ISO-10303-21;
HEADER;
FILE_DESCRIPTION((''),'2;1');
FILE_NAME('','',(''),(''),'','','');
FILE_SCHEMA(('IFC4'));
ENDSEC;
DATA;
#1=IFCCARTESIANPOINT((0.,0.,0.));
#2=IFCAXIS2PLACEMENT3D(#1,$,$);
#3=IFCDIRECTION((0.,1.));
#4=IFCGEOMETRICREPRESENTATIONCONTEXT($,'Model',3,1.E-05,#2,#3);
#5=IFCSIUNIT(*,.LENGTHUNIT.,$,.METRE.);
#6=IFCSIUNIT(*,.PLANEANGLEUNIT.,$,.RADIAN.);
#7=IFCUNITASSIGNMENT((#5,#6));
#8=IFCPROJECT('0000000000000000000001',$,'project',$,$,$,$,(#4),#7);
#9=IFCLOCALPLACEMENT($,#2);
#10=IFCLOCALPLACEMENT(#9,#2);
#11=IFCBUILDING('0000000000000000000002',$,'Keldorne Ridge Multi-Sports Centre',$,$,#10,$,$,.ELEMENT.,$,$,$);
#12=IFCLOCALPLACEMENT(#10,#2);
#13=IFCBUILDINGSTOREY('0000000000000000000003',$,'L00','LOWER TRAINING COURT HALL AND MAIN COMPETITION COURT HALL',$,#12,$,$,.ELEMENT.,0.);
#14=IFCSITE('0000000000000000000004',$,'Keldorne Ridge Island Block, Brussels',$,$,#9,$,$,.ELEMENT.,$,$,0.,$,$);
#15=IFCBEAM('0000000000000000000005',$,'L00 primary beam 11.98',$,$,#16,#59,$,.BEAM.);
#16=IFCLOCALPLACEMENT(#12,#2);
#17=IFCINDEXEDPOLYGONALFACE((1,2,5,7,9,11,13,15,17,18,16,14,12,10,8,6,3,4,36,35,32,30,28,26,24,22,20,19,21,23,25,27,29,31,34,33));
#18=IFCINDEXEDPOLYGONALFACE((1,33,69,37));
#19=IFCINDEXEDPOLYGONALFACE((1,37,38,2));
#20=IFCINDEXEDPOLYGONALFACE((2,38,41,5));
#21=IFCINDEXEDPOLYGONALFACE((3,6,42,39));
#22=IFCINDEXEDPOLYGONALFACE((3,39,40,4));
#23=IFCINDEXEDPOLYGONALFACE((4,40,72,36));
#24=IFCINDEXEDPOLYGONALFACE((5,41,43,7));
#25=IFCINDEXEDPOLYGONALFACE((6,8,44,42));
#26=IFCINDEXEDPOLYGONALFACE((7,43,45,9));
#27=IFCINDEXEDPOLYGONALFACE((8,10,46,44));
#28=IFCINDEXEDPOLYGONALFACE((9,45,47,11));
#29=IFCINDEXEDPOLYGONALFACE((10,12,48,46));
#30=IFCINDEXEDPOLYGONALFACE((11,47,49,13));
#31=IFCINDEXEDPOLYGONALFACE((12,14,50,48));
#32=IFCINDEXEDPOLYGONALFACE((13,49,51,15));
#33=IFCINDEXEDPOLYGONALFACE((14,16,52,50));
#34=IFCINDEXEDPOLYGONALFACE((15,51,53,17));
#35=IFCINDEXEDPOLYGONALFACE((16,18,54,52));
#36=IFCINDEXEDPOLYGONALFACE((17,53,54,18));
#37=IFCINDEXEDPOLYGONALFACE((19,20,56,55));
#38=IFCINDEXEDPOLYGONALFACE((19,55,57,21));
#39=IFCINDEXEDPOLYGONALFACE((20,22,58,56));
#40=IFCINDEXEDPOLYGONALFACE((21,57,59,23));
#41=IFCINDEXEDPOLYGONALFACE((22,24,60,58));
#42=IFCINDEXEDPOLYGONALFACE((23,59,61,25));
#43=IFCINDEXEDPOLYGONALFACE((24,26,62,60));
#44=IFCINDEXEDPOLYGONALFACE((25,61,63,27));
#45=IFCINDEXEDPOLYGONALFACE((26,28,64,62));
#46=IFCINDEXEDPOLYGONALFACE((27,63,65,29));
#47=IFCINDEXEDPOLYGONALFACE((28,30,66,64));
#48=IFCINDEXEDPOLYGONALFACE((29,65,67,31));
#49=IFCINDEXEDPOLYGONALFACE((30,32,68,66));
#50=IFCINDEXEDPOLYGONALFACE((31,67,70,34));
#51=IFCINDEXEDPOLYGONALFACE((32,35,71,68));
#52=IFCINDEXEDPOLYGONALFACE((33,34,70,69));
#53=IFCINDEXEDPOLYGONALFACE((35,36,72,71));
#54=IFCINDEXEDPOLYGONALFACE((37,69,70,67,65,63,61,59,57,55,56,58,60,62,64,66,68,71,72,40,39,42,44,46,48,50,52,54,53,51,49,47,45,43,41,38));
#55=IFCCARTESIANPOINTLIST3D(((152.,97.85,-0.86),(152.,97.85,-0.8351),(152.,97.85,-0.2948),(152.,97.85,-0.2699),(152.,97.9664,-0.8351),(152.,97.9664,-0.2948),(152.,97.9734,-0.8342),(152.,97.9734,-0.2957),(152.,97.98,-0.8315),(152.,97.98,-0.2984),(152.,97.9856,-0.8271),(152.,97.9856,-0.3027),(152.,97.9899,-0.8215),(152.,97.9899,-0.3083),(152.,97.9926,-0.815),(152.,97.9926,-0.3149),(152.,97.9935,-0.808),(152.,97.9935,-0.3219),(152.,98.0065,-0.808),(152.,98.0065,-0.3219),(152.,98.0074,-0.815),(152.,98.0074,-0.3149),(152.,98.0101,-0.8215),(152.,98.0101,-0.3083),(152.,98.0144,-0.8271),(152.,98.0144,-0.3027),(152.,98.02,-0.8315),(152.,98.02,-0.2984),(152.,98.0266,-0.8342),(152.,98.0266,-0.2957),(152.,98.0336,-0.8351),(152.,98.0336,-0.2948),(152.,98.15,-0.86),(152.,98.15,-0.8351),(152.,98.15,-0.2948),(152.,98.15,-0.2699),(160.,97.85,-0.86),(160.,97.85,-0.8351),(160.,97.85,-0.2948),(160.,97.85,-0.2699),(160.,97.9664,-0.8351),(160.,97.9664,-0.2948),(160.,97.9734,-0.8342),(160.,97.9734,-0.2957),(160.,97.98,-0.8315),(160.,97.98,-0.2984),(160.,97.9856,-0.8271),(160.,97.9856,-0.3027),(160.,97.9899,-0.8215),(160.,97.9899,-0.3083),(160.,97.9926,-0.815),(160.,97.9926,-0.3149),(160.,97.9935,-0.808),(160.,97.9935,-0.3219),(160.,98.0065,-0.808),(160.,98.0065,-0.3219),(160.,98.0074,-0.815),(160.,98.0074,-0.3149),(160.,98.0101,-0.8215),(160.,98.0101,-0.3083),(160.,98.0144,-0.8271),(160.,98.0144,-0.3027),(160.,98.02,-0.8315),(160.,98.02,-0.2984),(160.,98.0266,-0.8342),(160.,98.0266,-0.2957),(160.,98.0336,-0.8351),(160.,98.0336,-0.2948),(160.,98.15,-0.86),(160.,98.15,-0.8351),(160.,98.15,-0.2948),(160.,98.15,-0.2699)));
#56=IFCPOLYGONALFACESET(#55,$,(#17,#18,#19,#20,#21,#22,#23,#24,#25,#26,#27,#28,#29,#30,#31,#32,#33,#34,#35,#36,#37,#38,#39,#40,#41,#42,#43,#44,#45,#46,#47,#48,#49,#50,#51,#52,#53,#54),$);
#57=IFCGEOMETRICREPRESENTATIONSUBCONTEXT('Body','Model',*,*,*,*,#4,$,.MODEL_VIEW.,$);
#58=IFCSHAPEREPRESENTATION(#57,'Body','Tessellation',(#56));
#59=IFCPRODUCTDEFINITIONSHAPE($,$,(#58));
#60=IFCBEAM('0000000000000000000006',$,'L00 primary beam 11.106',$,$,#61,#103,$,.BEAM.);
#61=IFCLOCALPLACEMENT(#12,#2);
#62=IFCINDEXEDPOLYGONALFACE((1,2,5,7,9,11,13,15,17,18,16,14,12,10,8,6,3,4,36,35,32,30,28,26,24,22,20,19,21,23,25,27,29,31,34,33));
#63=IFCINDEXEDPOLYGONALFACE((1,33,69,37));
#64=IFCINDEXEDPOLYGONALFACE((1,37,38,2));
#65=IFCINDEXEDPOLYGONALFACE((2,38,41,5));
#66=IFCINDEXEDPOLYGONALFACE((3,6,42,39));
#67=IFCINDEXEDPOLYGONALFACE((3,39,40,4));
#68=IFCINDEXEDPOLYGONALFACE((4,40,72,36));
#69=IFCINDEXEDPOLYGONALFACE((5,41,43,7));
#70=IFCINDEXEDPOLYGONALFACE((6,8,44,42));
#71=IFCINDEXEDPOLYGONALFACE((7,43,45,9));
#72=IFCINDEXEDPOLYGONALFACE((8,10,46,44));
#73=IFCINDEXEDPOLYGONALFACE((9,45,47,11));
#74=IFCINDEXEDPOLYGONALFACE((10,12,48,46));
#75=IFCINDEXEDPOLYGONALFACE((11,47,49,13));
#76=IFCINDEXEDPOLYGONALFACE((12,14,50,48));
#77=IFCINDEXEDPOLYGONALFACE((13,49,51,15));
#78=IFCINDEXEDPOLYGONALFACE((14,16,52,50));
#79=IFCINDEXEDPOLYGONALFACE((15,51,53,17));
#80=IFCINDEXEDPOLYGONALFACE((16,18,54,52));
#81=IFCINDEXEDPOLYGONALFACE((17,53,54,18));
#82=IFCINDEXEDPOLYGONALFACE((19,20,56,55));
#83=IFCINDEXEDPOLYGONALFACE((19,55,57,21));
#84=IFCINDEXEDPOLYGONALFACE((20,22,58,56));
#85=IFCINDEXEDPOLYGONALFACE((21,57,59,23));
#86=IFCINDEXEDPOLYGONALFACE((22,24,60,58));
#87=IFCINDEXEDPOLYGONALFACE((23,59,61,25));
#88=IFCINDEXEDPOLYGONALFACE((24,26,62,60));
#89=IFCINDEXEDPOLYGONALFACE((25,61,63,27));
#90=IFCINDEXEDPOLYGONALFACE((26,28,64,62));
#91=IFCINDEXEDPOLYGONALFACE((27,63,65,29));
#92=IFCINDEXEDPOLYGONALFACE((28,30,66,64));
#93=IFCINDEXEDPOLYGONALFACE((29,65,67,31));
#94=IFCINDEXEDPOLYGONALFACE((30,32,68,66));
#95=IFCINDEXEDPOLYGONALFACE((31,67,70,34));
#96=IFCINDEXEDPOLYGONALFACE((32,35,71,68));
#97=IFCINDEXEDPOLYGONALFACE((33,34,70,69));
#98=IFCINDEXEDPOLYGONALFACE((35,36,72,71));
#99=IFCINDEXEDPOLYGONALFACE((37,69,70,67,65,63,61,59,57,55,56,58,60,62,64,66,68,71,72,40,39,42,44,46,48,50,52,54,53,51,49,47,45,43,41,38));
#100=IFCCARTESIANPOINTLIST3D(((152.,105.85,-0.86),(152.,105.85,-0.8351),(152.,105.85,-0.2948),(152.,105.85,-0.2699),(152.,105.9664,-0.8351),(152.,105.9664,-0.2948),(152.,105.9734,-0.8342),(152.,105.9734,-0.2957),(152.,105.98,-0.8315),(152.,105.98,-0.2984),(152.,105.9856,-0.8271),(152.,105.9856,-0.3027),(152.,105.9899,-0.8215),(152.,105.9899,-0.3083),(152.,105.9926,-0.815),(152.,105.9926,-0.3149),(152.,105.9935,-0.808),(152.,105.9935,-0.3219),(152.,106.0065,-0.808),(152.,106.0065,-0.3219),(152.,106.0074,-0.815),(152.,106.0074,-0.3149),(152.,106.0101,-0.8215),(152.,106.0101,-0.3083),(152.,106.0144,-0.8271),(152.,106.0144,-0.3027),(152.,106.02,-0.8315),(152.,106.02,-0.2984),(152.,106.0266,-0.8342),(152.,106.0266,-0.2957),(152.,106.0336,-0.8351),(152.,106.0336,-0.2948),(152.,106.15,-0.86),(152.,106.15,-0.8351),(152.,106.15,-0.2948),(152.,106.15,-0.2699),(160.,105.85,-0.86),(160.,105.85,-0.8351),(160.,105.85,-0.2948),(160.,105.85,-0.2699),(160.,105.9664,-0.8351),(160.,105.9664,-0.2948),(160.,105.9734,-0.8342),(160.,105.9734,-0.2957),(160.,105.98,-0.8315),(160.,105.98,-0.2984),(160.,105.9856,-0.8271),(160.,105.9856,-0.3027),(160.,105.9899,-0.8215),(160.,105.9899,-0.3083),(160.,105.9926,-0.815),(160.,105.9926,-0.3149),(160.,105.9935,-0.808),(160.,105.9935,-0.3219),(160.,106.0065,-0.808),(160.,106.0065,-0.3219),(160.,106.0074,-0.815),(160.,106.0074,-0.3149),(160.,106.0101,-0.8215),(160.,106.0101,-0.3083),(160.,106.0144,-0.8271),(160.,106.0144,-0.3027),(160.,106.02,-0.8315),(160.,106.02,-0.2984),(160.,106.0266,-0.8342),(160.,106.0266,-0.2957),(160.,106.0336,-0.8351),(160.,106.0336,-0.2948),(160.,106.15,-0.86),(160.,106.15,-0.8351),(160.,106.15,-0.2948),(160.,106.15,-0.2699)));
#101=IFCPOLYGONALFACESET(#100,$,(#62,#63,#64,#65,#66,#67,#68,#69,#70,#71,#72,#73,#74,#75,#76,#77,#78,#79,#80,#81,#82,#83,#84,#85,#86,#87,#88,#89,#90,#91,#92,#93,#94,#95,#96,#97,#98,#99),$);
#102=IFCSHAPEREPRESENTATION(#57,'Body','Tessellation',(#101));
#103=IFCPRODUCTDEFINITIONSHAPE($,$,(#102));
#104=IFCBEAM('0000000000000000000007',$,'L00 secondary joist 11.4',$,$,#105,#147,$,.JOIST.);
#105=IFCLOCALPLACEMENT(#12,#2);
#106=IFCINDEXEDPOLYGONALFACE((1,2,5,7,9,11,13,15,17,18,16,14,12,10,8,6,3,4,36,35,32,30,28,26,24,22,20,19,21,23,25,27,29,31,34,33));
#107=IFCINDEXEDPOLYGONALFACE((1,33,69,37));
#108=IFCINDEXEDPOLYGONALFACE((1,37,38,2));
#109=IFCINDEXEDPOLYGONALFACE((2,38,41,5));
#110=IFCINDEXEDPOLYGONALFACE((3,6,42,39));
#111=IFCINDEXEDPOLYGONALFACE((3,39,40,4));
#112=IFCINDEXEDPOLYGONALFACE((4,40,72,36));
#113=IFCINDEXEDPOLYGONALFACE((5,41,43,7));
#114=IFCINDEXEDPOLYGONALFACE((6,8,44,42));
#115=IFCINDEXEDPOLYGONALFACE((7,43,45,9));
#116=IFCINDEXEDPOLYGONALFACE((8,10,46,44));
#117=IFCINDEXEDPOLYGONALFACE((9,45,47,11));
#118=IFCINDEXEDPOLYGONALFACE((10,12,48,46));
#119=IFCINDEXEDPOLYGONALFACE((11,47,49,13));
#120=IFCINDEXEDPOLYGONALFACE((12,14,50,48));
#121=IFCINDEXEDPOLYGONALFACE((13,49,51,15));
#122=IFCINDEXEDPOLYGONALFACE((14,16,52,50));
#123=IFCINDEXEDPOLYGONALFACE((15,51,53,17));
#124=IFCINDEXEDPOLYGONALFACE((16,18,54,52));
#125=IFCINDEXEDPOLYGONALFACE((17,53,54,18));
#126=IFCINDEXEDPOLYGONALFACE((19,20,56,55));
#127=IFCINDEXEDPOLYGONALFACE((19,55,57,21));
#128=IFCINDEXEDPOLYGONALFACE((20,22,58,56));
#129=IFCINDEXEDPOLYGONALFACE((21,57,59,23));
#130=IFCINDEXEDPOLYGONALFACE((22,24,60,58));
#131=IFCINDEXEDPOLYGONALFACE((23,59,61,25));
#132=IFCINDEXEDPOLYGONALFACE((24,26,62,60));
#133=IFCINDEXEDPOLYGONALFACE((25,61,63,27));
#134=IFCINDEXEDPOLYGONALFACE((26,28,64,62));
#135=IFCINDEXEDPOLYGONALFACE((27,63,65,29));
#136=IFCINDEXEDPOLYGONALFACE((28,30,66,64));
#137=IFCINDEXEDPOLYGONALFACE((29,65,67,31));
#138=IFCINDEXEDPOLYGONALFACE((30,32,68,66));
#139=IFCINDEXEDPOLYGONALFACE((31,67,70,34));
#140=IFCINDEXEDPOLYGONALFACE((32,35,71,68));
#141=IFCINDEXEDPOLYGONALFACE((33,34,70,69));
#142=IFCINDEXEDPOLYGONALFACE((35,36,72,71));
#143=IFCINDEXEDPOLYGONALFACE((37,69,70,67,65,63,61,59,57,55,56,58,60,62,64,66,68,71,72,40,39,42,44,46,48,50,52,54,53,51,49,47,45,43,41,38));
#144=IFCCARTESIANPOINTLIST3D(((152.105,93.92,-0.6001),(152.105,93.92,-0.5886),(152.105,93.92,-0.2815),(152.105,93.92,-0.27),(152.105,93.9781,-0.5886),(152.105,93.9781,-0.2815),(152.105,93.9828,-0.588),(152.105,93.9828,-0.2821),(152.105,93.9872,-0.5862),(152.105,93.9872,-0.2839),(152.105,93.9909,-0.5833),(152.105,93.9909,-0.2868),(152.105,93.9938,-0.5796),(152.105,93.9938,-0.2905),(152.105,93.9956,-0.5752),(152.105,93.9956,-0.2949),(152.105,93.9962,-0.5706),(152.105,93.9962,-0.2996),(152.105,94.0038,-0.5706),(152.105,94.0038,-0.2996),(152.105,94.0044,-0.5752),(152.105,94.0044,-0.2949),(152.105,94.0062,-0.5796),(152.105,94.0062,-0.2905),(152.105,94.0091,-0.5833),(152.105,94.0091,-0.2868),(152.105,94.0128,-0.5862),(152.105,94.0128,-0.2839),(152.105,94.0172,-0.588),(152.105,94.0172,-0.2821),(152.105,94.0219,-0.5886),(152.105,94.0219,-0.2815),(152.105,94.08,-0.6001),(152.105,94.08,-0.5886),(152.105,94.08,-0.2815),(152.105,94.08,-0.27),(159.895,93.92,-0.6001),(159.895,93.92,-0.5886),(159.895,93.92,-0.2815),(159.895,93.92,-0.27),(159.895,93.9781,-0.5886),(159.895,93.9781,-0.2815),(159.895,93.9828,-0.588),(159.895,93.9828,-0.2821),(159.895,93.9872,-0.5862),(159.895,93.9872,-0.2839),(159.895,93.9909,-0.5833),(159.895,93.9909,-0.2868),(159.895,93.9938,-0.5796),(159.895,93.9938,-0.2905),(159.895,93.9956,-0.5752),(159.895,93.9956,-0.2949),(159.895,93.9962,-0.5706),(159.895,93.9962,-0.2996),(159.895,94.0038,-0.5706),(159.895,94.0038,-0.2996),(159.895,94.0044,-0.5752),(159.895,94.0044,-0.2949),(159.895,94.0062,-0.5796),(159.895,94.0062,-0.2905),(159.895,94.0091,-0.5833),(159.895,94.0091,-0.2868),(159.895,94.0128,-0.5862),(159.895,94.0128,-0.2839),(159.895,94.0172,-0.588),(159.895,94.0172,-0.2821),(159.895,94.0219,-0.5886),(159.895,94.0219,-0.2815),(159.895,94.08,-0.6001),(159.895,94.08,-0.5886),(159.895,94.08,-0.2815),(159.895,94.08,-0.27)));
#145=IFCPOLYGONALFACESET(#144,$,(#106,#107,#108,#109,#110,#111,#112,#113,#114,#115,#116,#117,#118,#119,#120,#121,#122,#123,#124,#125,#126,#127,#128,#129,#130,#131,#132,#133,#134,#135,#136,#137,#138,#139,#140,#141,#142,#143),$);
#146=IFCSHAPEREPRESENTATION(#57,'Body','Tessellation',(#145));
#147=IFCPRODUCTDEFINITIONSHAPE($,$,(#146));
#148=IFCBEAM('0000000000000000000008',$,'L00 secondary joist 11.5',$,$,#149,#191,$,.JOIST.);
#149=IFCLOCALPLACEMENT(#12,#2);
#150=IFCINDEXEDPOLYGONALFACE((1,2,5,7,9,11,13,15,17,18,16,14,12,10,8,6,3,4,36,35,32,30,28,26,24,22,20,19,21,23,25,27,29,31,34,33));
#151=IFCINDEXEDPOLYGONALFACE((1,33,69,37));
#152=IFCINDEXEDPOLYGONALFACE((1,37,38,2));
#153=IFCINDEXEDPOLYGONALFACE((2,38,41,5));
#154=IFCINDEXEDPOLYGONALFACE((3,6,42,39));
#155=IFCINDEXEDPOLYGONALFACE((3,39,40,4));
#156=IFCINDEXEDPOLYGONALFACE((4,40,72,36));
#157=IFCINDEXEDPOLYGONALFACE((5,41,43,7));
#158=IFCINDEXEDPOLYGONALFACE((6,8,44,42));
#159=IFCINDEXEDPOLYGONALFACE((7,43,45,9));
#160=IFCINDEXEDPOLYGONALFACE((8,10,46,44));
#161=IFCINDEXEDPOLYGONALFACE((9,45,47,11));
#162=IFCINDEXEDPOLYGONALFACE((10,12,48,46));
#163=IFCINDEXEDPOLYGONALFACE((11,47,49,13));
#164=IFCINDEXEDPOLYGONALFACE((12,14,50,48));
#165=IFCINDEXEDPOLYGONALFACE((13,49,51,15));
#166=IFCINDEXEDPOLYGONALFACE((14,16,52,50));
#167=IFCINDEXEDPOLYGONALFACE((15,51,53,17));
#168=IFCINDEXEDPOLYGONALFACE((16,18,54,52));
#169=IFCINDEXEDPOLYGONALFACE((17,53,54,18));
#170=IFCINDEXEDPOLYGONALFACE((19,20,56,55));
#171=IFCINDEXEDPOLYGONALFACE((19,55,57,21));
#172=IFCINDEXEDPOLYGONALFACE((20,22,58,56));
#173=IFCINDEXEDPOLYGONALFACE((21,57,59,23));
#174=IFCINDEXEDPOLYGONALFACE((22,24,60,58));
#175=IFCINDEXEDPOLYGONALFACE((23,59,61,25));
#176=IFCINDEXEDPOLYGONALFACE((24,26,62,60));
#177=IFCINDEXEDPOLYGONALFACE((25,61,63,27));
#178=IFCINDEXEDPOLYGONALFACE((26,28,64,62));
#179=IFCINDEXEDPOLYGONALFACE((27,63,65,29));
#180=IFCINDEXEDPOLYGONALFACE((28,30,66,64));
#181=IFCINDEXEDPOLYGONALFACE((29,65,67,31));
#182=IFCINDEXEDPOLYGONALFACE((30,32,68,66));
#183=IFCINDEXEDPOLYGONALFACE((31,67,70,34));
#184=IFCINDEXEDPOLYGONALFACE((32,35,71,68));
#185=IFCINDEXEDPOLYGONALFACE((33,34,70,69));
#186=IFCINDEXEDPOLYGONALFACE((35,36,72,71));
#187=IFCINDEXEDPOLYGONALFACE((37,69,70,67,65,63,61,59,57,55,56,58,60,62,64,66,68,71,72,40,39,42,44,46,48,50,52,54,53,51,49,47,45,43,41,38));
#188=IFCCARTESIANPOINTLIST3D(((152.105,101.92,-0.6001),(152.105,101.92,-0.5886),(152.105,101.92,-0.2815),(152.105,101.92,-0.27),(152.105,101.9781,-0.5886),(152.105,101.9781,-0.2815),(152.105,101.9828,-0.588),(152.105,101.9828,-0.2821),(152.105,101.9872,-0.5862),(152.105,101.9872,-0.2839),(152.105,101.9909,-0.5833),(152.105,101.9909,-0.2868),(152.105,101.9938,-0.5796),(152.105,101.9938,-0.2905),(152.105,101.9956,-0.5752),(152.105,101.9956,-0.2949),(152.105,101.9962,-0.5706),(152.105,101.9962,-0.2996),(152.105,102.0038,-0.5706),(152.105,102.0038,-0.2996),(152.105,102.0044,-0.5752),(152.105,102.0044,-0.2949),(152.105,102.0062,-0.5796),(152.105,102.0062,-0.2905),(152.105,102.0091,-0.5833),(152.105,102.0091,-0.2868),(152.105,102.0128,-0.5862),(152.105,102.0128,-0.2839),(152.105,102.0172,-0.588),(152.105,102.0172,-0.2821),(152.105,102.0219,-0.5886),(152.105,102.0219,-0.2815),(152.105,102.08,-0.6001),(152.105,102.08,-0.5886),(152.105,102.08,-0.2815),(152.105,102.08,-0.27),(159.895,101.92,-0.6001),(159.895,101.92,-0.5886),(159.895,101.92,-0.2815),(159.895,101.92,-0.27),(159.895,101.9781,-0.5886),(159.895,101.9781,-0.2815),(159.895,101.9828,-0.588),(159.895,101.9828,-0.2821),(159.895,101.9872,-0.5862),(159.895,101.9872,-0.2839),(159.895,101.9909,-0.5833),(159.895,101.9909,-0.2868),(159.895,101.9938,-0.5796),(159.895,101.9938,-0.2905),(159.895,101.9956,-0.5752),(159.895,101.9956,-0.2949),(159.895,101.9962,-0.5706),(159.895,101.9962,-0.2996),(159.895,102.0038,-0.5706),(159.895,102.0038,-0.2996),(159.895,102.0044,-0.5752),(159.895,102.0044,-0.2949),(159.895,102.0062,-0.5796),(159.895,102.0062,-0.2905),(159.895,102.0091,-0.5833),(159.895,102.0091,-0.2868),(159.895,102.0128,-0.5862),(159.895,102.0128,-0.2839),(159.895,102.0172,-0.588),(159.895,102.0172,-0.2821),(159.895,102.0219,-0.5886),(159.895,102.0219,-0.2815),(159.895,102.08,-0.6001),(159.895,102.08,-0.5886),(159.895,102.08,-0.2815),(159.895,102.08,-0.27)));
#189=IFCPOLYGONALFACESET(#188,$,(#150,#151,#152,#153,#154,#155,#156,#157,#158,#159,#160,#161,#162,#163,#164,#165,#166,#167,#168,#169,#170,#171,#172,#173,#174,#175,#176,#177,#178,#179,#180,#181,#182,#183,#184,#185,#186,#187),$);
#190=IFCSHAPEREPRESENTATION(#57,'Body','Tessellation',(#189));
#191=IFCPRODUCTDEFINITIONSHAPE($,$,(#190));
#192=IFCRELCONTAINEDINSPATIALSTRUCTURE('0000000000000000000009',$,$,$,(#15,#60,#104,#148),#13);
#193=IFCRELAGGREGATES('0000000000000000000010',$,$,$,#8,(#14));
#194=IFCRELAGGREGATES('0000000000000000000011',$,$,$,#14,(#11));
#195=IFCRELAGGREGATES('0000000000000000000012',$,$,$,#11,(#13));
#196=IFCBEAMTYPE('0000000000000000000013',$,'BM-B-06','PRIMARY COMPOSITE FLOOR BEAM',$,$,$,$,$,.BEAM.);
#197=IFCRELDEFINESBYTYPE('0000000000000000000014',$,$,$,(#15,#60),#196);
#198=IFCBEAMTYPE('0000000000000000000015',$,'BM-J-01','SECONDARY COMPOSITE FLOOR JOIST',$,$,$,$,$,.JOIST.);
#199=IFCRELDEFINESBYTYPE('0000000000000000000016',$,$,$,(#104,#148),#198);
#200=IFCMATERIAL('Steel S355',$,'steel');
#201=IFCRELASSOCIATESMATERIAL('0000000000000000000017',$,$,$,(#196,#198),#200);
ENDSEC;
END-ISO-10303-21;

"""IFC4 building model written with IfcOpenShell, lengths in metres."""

from ifc_helpers import new_model, si_unit, direction, frame, origin, origin_2d, place, context, subcontext, project, spatial, i_section, extrude, material, material_profile, profile_set, type_object, element, save


model = new_model("IFC4")

# Units and contexts
model_context = context("Model", 3, precision=1e-05, world=origin(), true_north=direction((0.0, 1.0)))
body_context = subcontext(model_context, "Body", "Model", "MODEL_VIEW")
ifc_project = project(units=[si_unit("LENGTHUNIT", "METRE"), si_unit("PLANEANGLEUNIT", "RADIAN")], contexts=[model_context])

# Site, building, storey
site_placement = place(None, origin())
site = spatial("IfcSite", under=ifc_project, at=site_placement, Name="Keldorne Ridge Island Block, Brussels", CompositionType="ELEMENT", RefElevation=0.0)
building_placement = place(site_placement, origin())
building = spatial("IfcBuilding", under=site, at=building_placement, Name="Keldorne Ridge Multi-Sports Centre", CompositionType="ELEMENT")
storey_placement = place(building_placement, origin())
storey = spatial("IfcBuildingStorey", under=building, at=storey_placement, Name="L00", Description="LOWER TRAINING COURT HALL AND MAIN COMPETITION COURT HALL", CompositionType="ELEMENT", Elevation=0.0)

# Shared definitions
ifc_material_1 = material(Name="Steel S355", Category="steel")

# Beams
ifc_material_profile_1 = material_profile(ifc_material_1, i_section(OverallWidth=0.3, OverallDepth=0.5901, WebThickness=0.0129, FlangeThickness=0.0249, FilletRadius=0.0271, at=origin_2d()), Name="HEA 600")
ifc_profile_set_1 = profile_set([ifc_material_profile_1], Name="Steel S355")
beam_type_1 = type_object("IfcBeamType", Name="BM-B-06", Description="PRIMARY COMPOSITE FLOOR BEAM", PredefinedType="BEAM", material=ifc_profile_set_1)
for number, where, z_axis, x_axis, name in (
    (1, (152.0, 98.0, -0.5649), (1.0, 0.0, 0.0), (0.0, 1.0, 0.0), "L00 primary beam 11.98"),
    (2, (152.0, 106.0, -0.5649), (1.0, 0.0, 0.0), (0.0, 1.0, 0.0), "L00 primary beam 11.106"),
):
    element("IfcBeam", number, at=place(storey_placement, frame(where, z_axis=z_axis, x_axis=x_axis)), inside=storey, type_object=beam_type_1, Name=name, PredefinedType="BEAM", context=body_context, shape_type="SweptSolid", body=[
        extrude(i_section(OverallWidth=0.3, OverallDepth=0.5901, WebThickness=0.0129, FlangeThickness=0.0249, FilletRadius=0.0271, at=origin_2d()), origin(), (0.0, 0.0, 1.0), 8.0),
    ])
ifc_material_profile_2 = material_profile(ifc_material_1, i_section(OverallWidth=0.1599, OverallDepth=0.3301, WebThickness=0.0076, FlangeThickness=0.0115, FilletRadius=0.0181, at=origin_2d()), Name="IPE 330")
ifc_profile_set_2 = profile_set([ifc_material_profile_2], Name="Steel S355")
beam_type_2 = type_object("IfcBeamType", Name="BM-J-01", Description="SECONDARY COMPOSITE FLOOR JOIST", PredefinedType="JOIST", material=ifc_profile_set_2)
for number, where, z_axis, x_axis, name in (
    (3, (152.105, 94.0, -0.4351), (1.0, 0.0, 0.0), (0.0, 1.0, 0.0), "L00 secondary joist 11.4"),
    (4, (152.105, 102.0, -0.4351), (1.0, 0.0, 0.0), (0.0, 1.0, 0.0), "L00 secondary joist 11.5"),
):
    element("IfcBeam", number, at=place(storey_placement, frame(where, z_axis=z_axis, x_axis=x_axis)), inside=storey, type_object=beam_type_2, Name=name, PredefinedType="JOIST", context=body_context, shape_type="SweptSolid", body=[
        extrude(i_section(OverallWidth=0.1599, OverallDepth=0.3301, WebThickness=0.0076, FlangeThickness=0.0115, FilletRadius=0.0181, at=origin_2d()), origin(), (0.0, 0.0, 1.0), 7.79),
    ])

save(model, "model.ifc")
